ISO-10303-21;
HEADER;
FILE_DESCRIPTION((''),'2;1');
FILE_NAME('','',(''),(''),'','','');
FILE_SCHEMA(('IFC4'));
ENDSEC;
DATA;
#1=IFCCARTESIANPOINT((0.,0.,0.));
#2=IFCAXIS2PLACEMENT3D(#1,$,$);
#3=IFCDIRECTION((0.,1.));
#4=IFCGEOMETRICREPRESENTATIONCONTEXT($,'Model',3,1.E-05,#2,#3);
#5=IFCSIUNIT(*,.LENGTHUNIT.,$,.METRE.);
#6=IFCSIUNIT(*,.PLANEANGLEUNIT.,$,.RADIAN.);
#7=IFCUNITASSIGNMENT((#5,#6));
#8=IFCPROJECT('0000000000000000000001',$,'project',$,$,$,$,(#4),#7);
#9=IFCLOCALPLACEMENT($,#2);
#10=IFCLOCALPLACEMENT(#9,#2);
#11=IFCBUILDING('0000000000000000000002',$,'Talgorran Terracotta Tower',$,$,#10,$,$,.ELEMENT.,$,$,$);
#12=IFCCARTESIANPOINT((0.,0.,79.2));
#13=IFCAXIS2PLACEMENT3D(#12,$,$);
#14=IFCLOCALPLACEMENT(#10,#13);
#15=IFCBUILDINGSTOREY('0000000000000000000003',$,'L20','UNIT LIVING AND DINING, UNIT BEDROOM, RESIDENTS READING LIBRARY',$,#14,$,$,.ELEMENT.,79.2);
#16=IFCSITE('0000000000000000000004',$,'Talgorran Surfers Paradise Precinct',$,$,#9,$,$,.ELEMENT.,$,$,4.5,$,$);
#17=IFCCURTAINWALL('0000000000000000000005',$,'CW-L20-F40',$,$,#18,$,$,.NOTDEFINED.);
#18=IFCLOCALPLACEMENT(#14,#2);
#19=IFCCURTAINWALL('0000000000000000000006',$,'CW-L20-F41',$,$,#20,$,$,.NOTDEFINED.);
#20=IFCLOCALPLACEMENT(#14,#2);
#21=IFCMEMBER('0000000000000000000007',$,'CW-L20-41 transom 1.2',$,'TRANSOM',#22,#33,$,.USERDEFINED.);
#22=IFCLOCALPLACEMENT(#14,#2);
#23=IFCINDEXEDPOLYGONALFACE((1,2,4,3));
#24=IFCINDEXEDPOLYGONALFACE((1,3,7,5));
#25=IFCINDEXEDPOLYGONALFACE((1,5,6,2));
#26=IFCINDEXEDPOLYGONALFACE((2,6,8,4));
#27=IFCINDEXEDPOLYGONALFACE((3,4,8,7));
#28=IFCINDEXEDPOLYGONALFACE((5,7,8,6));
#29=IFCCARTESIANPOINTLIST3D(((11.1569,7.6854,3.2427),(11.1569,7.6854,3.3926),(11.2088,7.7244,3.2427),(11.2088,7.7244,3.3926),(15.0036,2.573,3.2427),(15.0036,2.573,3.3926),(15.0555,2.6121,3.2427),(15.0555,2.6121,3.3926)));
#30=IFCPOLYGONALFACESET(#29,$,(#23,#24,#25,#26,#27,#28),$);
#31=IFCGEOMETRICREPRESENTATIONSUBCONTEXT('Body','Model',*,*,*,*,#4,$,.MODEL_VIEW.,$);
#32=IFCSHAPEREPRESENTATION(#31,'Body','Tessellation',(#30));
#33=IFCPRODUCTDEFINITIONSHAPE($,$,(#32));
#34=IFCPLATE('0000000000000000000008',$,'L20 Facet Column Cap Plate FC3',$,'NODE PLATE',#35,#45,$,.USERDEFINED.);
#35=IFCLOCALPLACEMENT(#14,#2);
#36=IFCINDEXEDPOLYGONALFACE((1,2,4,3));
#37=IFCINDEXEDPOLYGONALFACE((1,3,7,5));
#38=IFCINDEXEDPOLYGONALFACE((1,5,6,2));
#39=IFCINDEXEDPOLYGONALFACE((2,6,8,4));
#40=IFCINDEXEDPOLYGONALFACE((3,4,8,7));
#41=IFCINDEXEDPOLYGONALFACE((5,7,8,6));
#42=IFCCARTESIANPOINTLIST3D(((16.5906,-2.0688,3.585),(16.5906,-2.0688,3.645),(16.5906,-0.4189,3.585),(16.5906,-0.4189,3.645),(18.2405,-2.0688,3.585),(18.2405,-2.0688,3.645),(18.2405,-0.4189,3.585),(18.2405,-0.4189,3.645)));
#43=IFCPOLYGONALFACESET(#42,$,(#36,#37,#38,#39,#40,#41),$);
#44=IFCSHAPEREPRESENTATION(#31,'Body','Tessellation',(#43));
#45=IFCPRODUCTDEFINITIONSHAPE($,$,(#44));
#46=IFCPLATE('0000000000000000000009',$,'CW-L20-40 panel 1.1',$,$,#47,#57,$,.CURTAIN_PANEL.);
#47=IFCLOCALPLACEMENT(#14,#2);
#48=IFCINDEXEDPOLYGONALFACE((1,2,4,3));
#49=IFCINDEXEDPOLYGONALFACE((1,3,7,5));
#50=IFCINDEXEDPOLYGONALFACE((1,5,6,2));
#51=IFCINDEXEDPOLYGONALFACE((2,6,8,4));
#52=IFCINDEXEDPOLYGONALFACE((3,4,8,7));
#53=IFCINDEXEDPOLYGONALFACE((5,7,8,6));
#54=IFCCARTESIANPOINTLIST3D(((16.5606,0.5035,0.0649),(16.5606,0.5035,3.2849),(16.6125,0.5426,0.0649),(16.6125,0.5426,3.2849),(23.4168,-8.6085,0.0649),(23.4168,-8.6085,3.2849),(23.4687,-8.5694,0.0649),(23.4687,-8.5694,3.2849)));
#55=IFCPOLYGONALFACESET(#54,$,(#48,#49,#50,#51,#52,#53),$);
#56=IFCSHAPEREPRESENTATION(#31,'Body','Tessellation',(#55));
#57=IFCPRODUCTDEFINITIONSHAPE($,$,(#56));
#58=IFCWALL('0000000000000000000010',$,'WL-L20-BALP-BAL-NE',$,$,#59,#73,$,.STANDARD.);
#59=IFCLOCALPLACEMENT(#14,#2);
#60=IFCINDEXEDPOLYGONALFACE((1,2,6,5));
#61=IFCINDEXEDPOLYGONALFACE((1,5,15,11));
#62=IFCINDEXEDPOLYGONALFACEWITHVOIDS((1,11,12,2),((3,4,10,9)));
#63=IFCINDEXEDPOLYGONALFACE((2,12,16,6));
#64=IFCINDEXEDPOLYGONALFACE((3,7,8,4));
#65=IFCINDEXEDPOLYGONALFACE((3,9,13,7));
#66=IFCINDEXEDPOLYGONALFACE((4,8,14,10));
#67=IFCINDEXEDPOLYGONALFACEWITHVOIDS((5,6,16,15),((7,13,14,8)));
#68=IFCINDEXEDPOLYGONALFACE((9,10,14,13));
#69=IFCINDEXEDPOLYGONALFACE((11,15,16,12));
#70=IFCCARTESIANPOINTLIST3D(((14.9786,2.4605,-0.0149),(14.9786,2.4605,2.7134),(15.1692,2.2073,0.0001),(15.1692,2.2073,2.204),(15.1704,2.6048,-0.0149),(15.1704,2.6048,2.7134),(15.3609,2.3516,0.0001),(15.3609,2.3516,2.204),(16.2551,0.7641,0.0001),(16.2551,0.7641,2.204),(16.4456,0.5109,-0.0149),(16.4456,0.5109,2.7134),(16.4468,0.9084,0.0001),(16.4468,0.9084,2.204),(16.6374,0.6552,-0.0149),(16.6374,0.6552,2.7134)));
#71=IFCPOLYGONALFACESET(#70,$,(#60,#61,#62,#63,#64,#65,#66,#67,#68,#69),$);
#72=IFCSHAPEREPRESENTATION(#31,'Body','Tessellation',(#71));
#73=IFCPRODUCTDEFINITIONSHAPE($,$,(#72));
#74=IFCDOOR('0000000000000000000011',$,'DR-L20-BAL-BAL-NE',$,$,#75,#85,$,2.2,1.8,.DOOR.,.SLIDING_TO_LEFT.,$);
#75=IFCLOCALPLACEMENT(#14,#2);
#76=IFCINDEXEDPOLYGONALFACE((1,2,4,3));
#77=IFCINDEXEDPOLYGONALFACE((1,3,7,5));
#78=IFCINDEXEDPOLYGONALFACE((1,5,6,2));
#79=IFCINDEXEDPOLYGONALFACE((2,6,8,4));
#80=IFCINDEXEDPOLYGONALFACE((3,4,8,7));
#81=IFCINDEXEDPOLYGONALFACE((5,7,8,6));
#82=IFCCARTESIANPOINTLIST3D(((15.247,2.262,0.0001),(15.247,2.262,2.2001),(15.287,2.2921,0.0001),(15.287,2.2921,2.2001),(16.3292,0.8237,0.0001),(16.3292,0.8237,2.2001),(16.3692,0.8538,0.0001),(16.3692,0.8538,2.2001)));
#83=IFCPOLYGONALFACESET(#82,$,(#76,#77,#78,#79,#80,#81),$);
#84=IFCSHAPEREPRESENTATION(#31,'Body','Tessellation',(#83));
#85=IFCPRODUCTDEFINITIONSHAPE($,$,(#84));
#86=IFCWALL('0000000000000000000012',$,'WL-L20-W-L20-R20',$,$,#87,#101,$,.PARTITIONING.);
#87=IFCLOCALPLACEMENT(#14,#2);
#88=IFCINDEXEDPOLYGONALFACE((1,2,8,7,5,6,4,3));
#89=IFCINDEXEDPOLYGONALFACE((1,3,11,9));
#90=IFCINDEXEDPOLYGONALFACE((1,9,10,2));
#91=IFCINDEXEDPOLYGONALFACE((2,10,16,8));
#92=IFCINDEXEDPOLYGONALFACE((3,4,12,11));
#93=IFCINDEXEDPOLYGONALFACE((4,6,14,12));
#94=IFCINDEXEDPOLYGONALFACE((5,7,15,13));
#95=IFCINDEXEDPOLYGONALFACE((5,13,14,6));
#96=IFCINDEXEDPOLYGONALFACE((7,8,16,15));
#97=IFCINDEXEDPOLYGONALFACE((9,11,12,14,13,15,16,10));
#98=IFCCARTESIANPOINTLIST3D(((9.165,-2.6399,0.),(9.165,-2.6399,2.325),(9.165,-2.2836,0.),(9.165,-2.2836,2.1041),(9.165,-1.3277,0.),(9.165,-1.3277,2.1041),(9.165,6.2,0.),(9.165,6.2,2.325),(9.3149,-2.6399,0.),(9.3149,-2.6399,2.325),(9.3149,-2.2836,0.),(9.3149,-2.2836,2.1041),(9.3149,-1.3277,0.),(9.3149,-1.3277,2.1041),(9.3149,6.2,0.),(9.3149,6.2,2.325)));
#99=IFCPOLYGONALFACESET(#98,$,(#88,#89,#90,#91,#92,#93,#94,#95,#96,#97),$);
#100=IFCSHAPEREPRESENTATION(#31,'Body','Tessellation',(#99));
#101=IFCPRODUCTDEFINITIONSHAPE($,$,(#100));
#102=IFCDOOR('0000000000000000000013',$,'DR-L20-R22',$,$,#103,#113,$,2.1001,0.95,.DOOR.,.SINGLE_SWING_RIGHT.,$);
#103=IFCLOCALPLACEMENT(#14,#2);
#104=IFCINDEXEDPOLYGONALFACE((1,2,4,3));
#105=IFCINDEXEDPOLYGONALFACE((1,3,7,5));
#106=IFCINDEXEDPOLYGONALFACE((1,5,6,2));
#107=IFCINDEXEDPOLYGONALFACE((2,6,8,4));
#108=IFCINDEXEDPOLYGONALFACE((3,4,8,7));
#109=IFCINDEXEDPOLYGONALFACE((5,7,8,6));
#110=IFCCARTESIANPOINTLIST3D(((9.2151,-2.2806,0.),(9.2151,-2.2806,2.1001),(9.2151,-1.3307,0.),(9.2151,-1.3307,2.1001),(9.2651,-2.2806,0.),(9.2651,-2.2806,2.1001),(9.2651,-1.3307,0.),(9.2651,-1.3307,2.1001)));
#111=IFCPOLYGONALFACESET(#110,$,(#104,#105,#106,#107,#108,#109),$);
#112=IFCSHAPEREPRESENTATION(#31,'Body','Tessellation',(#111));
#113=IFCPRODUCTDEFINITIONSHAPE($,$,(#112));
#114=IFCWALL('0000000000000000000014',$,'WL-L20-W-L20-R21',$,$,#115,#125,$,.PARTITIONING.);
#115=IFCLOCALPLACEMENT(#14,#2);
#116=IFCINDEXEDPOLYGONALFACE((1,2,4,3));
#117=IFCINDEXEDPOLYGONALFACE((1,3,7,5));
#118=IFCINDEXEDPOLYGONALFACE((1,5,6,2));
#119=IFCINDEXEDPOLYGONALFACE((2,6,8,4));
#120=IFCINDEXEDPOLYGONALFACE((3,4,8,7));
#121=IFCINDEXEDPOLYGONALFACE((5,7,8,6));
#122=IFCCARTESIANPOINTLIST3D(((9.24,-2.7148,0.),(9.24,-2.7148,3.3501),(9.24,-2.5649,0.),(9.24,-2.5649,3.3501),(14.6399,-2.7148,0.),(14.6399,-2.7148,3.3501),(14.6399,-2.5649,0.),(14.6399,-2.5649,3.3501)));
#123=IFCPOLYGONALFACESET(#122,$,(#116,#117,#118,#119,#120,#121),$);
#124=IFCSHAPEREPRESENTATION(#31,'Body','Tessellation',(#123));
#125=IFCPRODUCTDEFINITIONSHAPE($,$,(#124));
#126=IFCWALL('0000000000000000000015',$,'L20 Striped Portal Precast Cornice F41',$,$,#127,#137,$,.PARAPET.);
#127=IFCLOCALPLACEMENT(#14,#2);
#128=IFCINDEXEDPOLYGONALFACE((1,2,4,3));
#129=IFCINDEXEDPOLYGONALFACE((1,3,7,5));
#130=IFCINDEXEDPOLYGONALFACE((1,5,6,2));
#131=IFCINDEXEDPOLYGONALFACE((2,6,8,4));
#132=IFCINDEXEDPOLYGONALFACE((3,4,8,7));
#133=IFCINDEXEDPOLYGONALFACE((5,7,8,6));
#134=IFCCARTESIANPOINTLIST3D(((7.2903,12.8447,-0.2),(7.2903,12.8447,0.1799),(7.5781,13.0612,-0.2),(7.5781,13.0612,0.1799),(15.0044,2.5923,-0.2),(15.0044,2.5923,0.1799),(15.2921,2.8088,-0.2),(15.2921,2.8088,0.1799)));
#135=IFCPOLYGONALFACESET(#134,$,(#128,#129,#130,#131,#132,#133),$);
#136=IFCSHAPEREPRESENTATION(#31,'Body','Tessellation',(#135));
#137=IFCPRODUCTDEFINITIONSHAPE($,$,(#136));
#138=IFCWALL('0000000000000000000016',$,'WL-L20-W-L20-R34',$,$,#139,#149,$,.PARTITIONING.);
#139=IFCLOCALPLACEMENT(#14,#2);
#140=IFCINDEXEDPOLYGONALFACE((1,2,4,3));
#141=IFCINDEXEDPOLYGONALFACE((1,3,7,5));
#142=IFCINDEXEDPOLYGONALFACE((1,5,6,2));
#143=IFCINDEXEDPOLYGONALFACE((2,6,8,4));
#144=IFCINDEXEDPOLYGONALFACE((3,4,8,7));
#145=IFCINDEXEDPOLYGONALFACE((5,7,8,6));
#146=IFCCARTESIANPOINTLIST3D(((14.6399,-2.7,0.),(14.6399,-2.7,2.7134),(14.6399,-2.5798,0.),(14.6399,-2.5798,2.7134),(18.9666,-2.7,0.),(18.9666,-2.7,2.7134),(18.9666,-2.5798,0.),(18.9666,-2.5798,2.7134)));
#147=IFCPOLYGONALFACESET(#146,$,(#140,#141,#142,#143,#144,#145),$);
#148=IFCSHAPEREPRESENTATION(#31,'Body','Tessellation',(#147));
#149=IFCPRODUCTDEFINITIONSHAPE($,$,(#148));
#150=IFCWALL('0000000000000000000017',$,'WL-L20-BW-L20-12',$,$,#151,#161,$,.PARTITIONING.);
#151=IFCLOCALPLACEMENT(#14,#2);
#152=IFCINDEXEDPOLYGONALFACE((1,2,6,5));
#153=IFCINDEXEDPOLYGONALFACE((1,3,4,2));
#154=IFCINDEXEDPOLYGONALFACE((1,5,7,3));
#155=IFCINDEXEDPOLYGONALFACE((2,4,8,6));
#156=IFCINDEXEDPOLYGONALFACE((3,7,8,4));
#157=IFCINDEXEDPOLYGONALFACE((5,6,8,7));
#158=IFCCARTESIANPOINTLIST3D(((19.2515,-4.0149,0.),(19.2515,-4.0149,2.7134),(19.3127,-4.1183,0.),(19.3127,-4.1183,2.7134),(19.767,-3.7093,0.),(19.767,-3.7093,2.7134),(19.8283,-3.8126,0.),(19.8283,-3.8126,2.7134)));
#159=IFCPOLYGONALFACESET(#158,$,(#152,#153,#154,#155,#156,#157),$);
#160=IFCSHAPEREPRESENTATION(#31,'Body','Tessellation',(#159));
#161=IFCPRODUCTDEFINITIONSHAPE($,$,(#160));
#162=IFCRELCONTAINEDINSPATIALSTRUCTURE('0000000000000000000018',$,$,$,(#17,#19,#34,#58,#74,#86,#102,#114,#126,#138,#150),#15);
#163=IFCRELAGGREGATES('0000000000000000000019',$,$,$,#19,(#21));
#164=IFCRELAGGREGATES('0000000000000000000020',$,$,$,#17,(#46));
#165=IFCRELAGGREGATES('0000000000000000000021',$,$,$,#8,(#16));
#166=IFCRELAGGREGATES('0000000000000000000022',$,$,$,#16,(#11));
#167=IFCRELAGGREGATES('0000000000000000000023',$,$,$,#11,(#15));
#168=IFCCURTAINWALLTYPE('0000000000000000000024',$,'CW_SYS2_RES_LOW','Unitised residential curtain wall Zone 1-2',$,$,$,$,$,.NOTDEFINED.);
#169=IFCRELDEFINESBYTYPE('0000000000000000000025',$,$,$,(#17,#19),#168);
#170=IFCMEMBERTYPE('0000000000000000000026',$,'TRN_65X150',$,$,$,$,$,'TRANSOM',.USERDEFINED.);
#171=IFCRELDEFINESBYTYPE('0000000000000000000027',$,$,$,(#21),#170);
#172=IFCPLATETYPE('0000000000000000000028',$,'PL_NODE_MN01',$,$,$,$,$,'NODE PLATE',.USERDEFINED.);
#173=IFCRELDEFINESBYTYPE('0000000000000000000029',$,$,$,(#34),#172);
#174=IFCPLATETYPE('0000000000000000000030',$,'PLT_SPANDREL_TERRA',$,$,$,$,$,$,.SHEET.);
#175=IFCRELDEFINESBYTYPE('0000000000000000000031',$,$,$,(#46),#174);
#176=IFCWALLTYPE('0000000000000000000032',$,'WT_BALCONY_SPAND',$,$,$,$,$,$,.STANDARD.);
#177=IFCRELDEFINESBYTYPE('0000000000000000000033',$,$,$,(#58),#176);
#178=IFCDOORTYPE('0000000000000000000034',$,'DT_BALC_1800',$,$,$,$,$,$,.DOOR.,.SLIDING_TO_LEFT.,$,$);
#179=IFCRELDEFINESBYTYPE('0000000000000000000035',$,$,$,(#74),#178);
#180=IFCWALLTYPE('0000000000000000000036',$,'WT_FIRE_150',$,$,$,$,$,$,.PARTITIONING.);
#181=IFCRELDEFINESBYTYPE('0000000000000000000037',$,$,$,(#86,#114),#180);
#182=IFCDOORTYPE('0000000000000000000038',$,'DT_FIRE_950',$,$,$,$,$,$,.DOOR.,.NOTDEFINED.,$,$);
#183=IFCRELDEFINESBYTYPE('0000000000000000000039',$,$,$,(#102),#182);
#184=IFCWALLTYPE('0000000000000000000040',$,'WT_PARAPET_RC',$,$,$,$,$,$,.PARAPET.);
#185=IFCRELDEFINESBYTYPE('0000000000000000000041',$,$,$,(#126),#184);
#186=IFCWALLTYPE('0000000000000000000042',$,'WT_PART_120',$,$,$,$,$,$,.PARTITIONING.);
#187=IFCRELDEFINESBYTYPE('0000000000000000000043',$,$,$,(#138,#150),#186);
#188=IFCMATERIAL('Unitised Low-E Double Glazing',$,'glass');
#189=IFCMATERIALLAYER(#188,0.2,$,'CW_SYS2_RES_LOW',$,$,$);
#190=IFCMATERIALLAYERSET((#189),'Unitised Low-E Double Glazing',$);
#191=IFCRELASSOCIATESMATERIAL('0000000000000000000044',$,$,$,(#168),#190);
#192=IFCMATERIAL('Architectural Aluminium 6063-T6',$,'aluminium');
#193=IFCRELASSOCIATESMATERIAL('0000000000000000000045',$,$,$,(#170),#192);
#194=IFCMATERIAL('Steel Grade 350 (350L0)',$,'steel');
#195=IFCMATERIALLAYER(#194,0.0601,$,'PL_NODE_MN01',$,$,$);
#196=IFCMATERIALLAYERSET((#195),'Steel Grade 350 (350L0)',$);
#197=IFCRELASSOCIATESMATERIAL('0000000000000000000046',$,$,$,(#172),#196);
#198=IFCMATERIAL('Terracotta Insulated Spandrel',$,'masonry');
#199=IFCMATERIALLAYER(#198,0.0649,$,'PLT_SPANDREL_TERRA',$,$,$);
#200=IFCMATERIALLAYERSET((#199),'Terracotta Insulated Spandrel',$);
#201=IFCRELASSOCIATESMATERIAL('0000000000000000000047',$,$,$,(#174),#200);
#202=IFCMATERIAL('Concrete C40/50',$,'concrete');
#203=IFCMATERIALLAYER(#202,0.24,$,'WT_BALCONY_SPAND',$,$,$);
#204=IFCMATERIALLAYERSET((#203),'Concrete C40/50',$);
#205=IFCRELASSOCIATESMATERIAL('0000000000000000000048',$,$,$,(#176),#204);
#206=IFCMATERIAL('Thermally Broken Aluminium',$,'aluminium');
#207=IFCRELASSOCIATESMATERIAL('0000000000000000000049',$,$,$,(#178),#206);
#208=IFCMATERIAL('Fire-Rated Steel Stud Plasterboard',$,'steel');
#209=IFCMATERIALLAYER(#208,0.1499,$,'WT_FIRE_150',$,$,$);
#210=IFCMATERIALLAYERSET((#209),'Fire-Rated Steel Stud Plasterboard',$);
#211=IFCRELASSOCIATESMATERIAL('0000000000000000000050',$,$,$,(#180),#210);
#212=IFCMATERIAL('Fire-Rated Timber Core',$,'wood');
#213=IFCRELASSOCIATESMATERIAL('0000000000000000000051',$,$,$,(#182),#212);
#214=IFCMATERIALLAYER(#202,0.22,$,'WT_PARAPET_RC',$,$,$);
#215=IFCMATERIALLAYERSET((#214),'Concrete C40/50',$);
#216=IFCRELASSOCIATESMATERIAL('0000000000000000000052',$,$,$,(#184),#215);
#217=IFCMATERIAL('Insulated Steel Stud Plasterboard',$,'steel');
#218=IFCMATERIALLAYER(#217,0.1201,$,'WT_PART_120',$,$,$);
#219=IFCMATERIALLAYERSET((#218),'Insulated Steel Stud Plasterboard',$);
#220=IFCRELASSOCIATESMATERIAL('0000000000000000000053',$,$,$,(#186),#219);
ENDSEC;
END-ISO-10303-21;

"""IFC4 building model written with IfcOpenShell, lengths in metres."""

from ifc_helpers import new_model, si_unit, direction, frame, frame_2d, origin, origin_2d, place, context, subcontext, project, spatial, rectangle, extrude, source, transform, mapped, material, layer, layer_set, material_profile, profile_set, type_object, type_shapes, element, fill, aggregate, save


model = new_model("IFC4")

# Units and contexts
model_context = context("Model", 3, precision=1e-05, world=origin(), true_north=direction((0.0, 1.0)))
body_context = subcontext(model_context, "Body", "Model", "MODEL_VIEW")
ifc_project = project(units=[si_unit("LENGTHUNIT", "METRE"), si_unit("PLANEANGLEUNIT", "RADIAN")], contexts=[model_context])

# Site, building, storey
site_placement = place(None, origin())
site = spatial("IfcSite", under=ifc_project, at=site_placement, Name="Talgorran Surfers Paradise Precinct", CompositionType="ELEMENT", RefElevation=4.5)
building_placement = place(site_placement, origin())
building = spatial("IfcBuilding", under=site, at=building_placement, Name="Talgorran Terracotta Tower", CompositionType="ELEMENT")
storey_placement = place(building_placement, frame((0.0, 0.0, 79.2)))
storey = spatial("IfcBuildingStorey", under=building, at=storey_placement, Name="L20", Description="UNIT LIVING AND DINING, UNIT BEDROOM, RESIDENTS READING LIBRARY", CompositionType="ELEMENT", Elevation=79.2)

# Shared definitions
ifc_material_1 = material(Name="Steel Grade 350 (350L0)", Category="steel")

# Curtain wall
ifc_material_2 = material(Name="Unitised Low-E Double Glazing", Category="glass")
ifc_layer_1 = layer(ifc_material_2, 0.2, Name="CW_SYS2_RES_LOW")
ifc_layer_set_1 = layer_set([ifc_layer_1], Name="Unitised Low-E Double Glazing")
curtain_wall_type = type_object("IfcCurtainWallType", Name="CW_SYS2_RES_LOW", Description="Unitised residential curtain wall Zone 1-2", PredefinedType="NOTDEFINED", material=ifc_layer_set_1)
curtain_wall_1_placement = place(storey_placement, origin())
curtain_wall_1 = element("IfcCurtainWall", 1, at=curtain_wall_1_placement, inside=storey, type_object=curtain_wall_type, Name="CW-L20-F40", PredefinedType="NOTDEFINED")
ifc_material_3 = material(Name="Architectural Aluminium 6063-T6", Category="aluminium")

# Curtain wall, member
curtain_wall_2_placement = place(storey_placement, origin())
curtain_wall_2 = element("IfcCurtainWall", 2, at=curtain_wall_2_placement, inside=storey, type_object=curtain_wall_type, Name="CW-L20-F41", PredefinedType="NOTDEFINED")
ifc_material_profile_1 = material_profile(ifc_material_3, rectangle(XDim=0.0649, YDim=0.1499, at=origin_2d()), Name="CWT65X150")
ifc_profile_set_1 = profile_set([ifc_material_profile_1], Name="Architectural Aluminium 6063-T6")
member_type_1 = type_object("IfcMemberType", Name="TRN_65X150", ElementType="TRANSOM", PredefinedType="USERDEFINED", material=ifc_profile_set_1)
member_1_placement = place(storey_placement, frame((15.0295, 2.5925, 3.3176), z_axis=(-0.601245, 0.799065, 0.0), x_axis=(-0.799065, -0.601245, 0.0)))
member_1 = element("IfcMember", 3, at=member_1_placement, type_object=member_type_1, Name="CW-L20-41 transom 1.2", ObjectType="TRANSOM", PredefinedType="USERDEFINED", context=body_context, shape_type="SweptSolid", body=[
    extrude(rectangle(XDim=0.0649, YDim=0.1499, at=origin_2d()), origin(), (0.0, 0.0, 1.0), 6.3979),
])
aggregate(curtain_wall_2, [member_1])

# Plates
ifc_layer_2 = layer(ifc_material_1, 0.0601, Name="PL_NODE_MN01")
ifc_layer_set_2 = layer_set([ifc_layer_2], Name="Steel Grade 350 (350L0)")
plate_type_1 = type_object("IfcPlateType", Name="PL_NODE_MN01", ElementType="NODE PLATE", PredefinedType="USERDEFINED", material=ifc_layer_set_2)
plate_1_placement = place(storey_placement, frame((17.4155, -1.2439, 3.585), z_axis=(0.0, 0.0, 1.0), x_axis=(1.0, 0.0, 0.0)))
element("IfcPlate", 4, at=plate_1_placement, inside=storey, type_object=plate_type_1, Name="L20 Facet Column Cap Plate FC3", ObjectType="NODE PLATE", PredefinedType="USERDEFINED", context=body_context, shape_type="SweptSolid", body=[
    extrude(rectangle(XDim=1.6499, YDim=1.6499, at=origin_2d()), origin(), (0.0, 0.0, 1.0), 0.0601),
])
ifc_material_4 = material(Name="Terracotta Insulated Spandrel", Category="masonry")
ifc_layer_3 = layer(ifc_material_4, 0.0649, Name="PLT_SPANDREL_TERRA")
ifc_layer_set_3 = layer_set([ifc_layer_3], Name="Terracotta Insulated Spandrel")
plate_type_2 = type_object("IfcPlateType", Name="PLT_SPANDREL_TERRA", PredefinedType="SHEET", material=ifc_layer_set_3)
shared_shape_1 = source(origin(), body_context, "Body", "SweptSolid", [
    extrude(rectangle(XDim=11.4033, YDim=0.0649, at=origin_2d()), origin(), (0.0, 0.0, 1.0), 3.22),
])
type_shapes(plate_type_2, [shared_shape_1])
plate_2_placement = place(storey_placement, frame((20.0146, -4.033, 0.0649), z_axis=(0.0, 0.0, 1.0), x_axis=(-0.601245, 0.799065, 0.0)))
plate_2 = element("IfcPlate", 5, at=plate_2_placement, type_object=plate_type_2, Name="CW-L20-40 panel 1.1", PredefinedType="CURTAIN_PANEL", context=body_context, shape_type="MappedRepresentation", body=[
    mapped(shared_shape_1, transform((0.0, 0.0, 0.0), scale=1.0)),
])
aggregate(curtain_wall_1, [plate_2])

# Walls, openings, doors
ifc_material_5 = material(Name="Concrete C40/50", Category="concrete")
ifc_layer_4 = layer(ifc_material_5, 0.24, Name="WT_BALCONY_SPAND")
ifc_layer_set_4 = layer_set([ifc_layer_4], Name="Concrete C40/50")
wall_type_1 = type_object("IfcWallType", Name="WT_BALCONY_SPAND", PredefinedType="STANDARD", material=ifc_layer_set_4)
wall_1_placement = place(storey_placement, frame((16.5415, 0.583, -0.0149), z_axis=(0.0, 0.0, 1.0), x_axis=(-0.601248, 0.799062, 0.0)))
wall_1 = element("IfcWall", 6, at=wall_1_placement, inside=storey, type_object=wall_type_1, Name="WL-L20-BALP-BAL-NE", PredefinedType="STANDARD", context=body_context, shape_type="SweptSolid", body=[
    extrude(rectangle(XDim=2.4399, YDim=0.24, at=frame_2d((1.22, 0.0))), origin(), (0.0, 0.0, 1.0), 2.7283),
])
opening_1_placement = place(wall_1_placement, frame((0.3201, 0.0, 0.0149)))
opening_1 = element("IfcOpeningElement", 7, at=opening_1_placement, cuts=wall_1, PredefinedType="OPENING", context=body_context, shape_type="SweptSolid", body=[
    extrude(rectangle(XDim=1.806, YDim=2.204, at=frame_2d((0.8999, 1.1021))), frame((0.0, 0.1299, 0.0), z_axis=(0.0, -1.0, 0.0), x_axis=(1.0, 0.0, 0.0)), (0.0, 0.0, 1.0), 0.26),
])
ifc_material_6 = material(Name="Thermally Broken Aluminium", Category="aluminium")
door_type_1 = type_object("IfcDoorType", Name="DT_BALC_1800", OperationType="SLIDING_TO_LEFT", PredefinedType="DOOR", material=ifc_material_6)
door_1_placement = place(opening_1_placement, origin())
door_1 = element("IfcDoor", 8, at=door_1_placement, inside=storey, type_object=door_type_1, Name="DR-L20-BAL-BAL-NE", OperationType="SLIDING_TO_LEFT", OverallHeight=2.2, OverallWidth=1.8, PredefinedType="DOOR", context=body_context, shape_type="SweptSolid", body=[
    extrude(rectangle(XDim=1.8, YDim=2.2, at=frame_2d((0.8999, 1.1001))), frame((0.0, 0.0249, 0.0), z_axis=(0.0, -1.0, 0.0), x_axis=(1.0, 0.0, 0.0)), (0.0, 0.0, 1.0), 0.05),
])
fill(opening_1, door_1)
ifc_material_7 = material(Name="Fire-Rated Steel Stud Plasterboard", Category="steel")
ifc_layer_5 = layer(ifc_material_7, 0.1499, Name="WT_FIRE_150")
ifc_layer_set_5 = layer_set([ifc_layer_5], Name="Fire-Rated Steel Stud Plasterboard")
wall_type_2 = type_object("IfcWallType", Name="WT_FIRE_150", PredefinedType="PARTITIONING", material=ifc_layer_set_5)
wall_2_placement = place(storey_placement, frame((9.24, -2.6399, 0.0), z_axis=(0.0, 0.0, 1.0), x_axis=(0.0, 1.0, 0.0)))
wall_2 = element("IfcWall", 9, at=wall_2_placement, inside=storey, type_object=wall_type_2, Name="WL-L20-W-L20-R20", PredefinedType="PARTITIONING", context=body_context, shape_type="SweptSolid", body=[
    extrude(rectangle(XDim=8.8398, YDim=0.1499, at=frame_2d((4.4199, 0.0))), origin(), (0.0, 0.0, 1.0), 2.325),
])
opening_2_placement = place(wall_2_placement, frame((0.3591, 0.0, 0.0)))
opening_2 = element("IfcOpeningElement", 10, at=opening_2_placement, cuts=wall_2, PredefinedType="OPENING", context=body_context, shape_type="SweptSolid", body=[
    extrude(rectangle(XDim=0.956, YDim=2.1041, at=frame_2d((0.4751, 1.052))), frame((0.0, 0.085, 0.0), z_axis=(0.0, -1.0, 0.0), x_axis=(1.0, 0.0, 0.0)), (0.0, 0.0, 1.0), 0.1699),
])
ifc_material_8 = material(Name="Fire-Rated Timber Core", Category="wood")
door_type_2 = type_object("IfcDoorType", Name="DT_FIRE_950", OperationType="NOTDEFINED", PredefinedType="DOOR", material=ifc_material_8)
door_2_placement = place(opening_2_placement, origin())
door_2 = element("IfcDoor", 11, at=door_2_placement, inside=storey, type_object=door_type_2, Name="DR-L20-R22", OperationType="SINGLE_SWING_RIGHT", OverallHeight=2.1001, OverallWidth=0.95, PredefinedType="DOOR", context=body_context, shape_type="SweptSolid", body=[
    extrude(rectangle(XDim=0.95, YDim=2.1001, at=frame_2d((0.4751, 1.05))), frame((0.0, 0.0249, 0.0), z_axis=(0.0, -1.0, 0.0), x_axis=(1.0, 0.0, 0.0)), (0.0, 0.0, 1.0), 0.05),
])
fill(opening_2, door_2)

# Walls
wall_3_placement = place(storey_placement, frame((9.24, -2.6399, 0.0), z_axis=(0.0, 0.0, 1.0), x_axis=(1.0, 0.0, 0.0)))
element("IfcWall", 12, at=wall_3_placement, inside=storey, type_object=wall_type_2, Name="WL-L20-W-L20-R21", PredefinedType="PARTITIONING", context=body_context, shape_type="SweptSolid", body=[
    extrude(rectangle(XDim=5.3999, YDim=0.1499, at=frame_2d((2.7, 0.0))), origin(), (0.0, 0.0, 1.0), 3.3501),
])
ifc_layer_6 = layer(ifc_material_5, 0.22, Name="WT_PARAPET_RC")
ifc_layer_set_6 = layer_set([ifc_layer_6], Name="Concrete C40/50")
wall_type_3 = type_object("IfcWallType", Name="WT_PARAPET_RC", PredefinedType="PARAPET", material=ifc_layer_set_6)
wall_4_placement = place(storey_placement, frame((15.1482, 2.7007, -0.2), z_axis=(0.0, 0.0, 1.0), x_axis=(-0.601235, 0.799072, 0.0)))
element("IfcWall", 13, at=wall_4_placement, inside=storey, type_object=wall_type_3, Name="L20 Striped Portal Precast Cornice F41", PredefinedType="PARAPET", context=body_context, shape_type="SweptSolid", body=[
    extrude(rectangle(XDim=12.8303, YDim=0.3601, at=frame_2d((6.415, 0.0))), origin(), (0.0, 0.0, 1.0), 0.3799),
])
ifc_material_9 = material(Name="Insulated Steel Stud Plasterboard", Category="steel")
ifc_layer_7 = layer(ifc_material_9, 0.1201, Name="WT_PART_120")
ifc_layer_set_7 = layer_set([ifc_layer_7], Name="Insulated Steel Stud Plasterboard")
wall_type_4 = type_object("IfcWallType", Name="WT_PART_120", PredefinedType="PARTITIONING", material=ifc_layer_set_7)
wall_5_placement = place(storey_placement, frame((14.6399, -2.6399, 0.0), z_axis=(0.0, 0.0, 1.0), x_axis=(1.0, 0.0, 0.0)))
element("IfcWall", 14, at=wall_5_placement, inside=storey, type_object=wall_type_4, Name="WL-L20-W-L20-R34", PredefinedType="PARTITIONING", context=body_context, shape_type="SweptSolid", body=[
    extrude(rectangle(XDim=4.3267, YDim=0.1201, at=frame_2d((2.1633, 0.0))), origin(), (0.0, 0.0, 1.0), 2.7134),
])
wall_6_placement = place(storey_placement, frame((19.282, -4.0667, 0.0), z_axis=(0.0, 0.0, 1.0), x_axis=(0.860212, 0.509936, 0.0)))
element("IfcWall", 15, at=wall_6_placement, inside=storey, type_object=wall_type_4, Name="WL-L20-BW-L20-12", PredefinedType="PARTITIONING", context=body_context, shape_type="SweptSolid", body=[
    extrude(rectangle(XDim=0.5994, YDim=0.1201, at=frame_2d((0.2998, 0.0))), origin(), (0.0, 0.0, 1.0), 2.7134),
])

save(model, "model.ifc")
